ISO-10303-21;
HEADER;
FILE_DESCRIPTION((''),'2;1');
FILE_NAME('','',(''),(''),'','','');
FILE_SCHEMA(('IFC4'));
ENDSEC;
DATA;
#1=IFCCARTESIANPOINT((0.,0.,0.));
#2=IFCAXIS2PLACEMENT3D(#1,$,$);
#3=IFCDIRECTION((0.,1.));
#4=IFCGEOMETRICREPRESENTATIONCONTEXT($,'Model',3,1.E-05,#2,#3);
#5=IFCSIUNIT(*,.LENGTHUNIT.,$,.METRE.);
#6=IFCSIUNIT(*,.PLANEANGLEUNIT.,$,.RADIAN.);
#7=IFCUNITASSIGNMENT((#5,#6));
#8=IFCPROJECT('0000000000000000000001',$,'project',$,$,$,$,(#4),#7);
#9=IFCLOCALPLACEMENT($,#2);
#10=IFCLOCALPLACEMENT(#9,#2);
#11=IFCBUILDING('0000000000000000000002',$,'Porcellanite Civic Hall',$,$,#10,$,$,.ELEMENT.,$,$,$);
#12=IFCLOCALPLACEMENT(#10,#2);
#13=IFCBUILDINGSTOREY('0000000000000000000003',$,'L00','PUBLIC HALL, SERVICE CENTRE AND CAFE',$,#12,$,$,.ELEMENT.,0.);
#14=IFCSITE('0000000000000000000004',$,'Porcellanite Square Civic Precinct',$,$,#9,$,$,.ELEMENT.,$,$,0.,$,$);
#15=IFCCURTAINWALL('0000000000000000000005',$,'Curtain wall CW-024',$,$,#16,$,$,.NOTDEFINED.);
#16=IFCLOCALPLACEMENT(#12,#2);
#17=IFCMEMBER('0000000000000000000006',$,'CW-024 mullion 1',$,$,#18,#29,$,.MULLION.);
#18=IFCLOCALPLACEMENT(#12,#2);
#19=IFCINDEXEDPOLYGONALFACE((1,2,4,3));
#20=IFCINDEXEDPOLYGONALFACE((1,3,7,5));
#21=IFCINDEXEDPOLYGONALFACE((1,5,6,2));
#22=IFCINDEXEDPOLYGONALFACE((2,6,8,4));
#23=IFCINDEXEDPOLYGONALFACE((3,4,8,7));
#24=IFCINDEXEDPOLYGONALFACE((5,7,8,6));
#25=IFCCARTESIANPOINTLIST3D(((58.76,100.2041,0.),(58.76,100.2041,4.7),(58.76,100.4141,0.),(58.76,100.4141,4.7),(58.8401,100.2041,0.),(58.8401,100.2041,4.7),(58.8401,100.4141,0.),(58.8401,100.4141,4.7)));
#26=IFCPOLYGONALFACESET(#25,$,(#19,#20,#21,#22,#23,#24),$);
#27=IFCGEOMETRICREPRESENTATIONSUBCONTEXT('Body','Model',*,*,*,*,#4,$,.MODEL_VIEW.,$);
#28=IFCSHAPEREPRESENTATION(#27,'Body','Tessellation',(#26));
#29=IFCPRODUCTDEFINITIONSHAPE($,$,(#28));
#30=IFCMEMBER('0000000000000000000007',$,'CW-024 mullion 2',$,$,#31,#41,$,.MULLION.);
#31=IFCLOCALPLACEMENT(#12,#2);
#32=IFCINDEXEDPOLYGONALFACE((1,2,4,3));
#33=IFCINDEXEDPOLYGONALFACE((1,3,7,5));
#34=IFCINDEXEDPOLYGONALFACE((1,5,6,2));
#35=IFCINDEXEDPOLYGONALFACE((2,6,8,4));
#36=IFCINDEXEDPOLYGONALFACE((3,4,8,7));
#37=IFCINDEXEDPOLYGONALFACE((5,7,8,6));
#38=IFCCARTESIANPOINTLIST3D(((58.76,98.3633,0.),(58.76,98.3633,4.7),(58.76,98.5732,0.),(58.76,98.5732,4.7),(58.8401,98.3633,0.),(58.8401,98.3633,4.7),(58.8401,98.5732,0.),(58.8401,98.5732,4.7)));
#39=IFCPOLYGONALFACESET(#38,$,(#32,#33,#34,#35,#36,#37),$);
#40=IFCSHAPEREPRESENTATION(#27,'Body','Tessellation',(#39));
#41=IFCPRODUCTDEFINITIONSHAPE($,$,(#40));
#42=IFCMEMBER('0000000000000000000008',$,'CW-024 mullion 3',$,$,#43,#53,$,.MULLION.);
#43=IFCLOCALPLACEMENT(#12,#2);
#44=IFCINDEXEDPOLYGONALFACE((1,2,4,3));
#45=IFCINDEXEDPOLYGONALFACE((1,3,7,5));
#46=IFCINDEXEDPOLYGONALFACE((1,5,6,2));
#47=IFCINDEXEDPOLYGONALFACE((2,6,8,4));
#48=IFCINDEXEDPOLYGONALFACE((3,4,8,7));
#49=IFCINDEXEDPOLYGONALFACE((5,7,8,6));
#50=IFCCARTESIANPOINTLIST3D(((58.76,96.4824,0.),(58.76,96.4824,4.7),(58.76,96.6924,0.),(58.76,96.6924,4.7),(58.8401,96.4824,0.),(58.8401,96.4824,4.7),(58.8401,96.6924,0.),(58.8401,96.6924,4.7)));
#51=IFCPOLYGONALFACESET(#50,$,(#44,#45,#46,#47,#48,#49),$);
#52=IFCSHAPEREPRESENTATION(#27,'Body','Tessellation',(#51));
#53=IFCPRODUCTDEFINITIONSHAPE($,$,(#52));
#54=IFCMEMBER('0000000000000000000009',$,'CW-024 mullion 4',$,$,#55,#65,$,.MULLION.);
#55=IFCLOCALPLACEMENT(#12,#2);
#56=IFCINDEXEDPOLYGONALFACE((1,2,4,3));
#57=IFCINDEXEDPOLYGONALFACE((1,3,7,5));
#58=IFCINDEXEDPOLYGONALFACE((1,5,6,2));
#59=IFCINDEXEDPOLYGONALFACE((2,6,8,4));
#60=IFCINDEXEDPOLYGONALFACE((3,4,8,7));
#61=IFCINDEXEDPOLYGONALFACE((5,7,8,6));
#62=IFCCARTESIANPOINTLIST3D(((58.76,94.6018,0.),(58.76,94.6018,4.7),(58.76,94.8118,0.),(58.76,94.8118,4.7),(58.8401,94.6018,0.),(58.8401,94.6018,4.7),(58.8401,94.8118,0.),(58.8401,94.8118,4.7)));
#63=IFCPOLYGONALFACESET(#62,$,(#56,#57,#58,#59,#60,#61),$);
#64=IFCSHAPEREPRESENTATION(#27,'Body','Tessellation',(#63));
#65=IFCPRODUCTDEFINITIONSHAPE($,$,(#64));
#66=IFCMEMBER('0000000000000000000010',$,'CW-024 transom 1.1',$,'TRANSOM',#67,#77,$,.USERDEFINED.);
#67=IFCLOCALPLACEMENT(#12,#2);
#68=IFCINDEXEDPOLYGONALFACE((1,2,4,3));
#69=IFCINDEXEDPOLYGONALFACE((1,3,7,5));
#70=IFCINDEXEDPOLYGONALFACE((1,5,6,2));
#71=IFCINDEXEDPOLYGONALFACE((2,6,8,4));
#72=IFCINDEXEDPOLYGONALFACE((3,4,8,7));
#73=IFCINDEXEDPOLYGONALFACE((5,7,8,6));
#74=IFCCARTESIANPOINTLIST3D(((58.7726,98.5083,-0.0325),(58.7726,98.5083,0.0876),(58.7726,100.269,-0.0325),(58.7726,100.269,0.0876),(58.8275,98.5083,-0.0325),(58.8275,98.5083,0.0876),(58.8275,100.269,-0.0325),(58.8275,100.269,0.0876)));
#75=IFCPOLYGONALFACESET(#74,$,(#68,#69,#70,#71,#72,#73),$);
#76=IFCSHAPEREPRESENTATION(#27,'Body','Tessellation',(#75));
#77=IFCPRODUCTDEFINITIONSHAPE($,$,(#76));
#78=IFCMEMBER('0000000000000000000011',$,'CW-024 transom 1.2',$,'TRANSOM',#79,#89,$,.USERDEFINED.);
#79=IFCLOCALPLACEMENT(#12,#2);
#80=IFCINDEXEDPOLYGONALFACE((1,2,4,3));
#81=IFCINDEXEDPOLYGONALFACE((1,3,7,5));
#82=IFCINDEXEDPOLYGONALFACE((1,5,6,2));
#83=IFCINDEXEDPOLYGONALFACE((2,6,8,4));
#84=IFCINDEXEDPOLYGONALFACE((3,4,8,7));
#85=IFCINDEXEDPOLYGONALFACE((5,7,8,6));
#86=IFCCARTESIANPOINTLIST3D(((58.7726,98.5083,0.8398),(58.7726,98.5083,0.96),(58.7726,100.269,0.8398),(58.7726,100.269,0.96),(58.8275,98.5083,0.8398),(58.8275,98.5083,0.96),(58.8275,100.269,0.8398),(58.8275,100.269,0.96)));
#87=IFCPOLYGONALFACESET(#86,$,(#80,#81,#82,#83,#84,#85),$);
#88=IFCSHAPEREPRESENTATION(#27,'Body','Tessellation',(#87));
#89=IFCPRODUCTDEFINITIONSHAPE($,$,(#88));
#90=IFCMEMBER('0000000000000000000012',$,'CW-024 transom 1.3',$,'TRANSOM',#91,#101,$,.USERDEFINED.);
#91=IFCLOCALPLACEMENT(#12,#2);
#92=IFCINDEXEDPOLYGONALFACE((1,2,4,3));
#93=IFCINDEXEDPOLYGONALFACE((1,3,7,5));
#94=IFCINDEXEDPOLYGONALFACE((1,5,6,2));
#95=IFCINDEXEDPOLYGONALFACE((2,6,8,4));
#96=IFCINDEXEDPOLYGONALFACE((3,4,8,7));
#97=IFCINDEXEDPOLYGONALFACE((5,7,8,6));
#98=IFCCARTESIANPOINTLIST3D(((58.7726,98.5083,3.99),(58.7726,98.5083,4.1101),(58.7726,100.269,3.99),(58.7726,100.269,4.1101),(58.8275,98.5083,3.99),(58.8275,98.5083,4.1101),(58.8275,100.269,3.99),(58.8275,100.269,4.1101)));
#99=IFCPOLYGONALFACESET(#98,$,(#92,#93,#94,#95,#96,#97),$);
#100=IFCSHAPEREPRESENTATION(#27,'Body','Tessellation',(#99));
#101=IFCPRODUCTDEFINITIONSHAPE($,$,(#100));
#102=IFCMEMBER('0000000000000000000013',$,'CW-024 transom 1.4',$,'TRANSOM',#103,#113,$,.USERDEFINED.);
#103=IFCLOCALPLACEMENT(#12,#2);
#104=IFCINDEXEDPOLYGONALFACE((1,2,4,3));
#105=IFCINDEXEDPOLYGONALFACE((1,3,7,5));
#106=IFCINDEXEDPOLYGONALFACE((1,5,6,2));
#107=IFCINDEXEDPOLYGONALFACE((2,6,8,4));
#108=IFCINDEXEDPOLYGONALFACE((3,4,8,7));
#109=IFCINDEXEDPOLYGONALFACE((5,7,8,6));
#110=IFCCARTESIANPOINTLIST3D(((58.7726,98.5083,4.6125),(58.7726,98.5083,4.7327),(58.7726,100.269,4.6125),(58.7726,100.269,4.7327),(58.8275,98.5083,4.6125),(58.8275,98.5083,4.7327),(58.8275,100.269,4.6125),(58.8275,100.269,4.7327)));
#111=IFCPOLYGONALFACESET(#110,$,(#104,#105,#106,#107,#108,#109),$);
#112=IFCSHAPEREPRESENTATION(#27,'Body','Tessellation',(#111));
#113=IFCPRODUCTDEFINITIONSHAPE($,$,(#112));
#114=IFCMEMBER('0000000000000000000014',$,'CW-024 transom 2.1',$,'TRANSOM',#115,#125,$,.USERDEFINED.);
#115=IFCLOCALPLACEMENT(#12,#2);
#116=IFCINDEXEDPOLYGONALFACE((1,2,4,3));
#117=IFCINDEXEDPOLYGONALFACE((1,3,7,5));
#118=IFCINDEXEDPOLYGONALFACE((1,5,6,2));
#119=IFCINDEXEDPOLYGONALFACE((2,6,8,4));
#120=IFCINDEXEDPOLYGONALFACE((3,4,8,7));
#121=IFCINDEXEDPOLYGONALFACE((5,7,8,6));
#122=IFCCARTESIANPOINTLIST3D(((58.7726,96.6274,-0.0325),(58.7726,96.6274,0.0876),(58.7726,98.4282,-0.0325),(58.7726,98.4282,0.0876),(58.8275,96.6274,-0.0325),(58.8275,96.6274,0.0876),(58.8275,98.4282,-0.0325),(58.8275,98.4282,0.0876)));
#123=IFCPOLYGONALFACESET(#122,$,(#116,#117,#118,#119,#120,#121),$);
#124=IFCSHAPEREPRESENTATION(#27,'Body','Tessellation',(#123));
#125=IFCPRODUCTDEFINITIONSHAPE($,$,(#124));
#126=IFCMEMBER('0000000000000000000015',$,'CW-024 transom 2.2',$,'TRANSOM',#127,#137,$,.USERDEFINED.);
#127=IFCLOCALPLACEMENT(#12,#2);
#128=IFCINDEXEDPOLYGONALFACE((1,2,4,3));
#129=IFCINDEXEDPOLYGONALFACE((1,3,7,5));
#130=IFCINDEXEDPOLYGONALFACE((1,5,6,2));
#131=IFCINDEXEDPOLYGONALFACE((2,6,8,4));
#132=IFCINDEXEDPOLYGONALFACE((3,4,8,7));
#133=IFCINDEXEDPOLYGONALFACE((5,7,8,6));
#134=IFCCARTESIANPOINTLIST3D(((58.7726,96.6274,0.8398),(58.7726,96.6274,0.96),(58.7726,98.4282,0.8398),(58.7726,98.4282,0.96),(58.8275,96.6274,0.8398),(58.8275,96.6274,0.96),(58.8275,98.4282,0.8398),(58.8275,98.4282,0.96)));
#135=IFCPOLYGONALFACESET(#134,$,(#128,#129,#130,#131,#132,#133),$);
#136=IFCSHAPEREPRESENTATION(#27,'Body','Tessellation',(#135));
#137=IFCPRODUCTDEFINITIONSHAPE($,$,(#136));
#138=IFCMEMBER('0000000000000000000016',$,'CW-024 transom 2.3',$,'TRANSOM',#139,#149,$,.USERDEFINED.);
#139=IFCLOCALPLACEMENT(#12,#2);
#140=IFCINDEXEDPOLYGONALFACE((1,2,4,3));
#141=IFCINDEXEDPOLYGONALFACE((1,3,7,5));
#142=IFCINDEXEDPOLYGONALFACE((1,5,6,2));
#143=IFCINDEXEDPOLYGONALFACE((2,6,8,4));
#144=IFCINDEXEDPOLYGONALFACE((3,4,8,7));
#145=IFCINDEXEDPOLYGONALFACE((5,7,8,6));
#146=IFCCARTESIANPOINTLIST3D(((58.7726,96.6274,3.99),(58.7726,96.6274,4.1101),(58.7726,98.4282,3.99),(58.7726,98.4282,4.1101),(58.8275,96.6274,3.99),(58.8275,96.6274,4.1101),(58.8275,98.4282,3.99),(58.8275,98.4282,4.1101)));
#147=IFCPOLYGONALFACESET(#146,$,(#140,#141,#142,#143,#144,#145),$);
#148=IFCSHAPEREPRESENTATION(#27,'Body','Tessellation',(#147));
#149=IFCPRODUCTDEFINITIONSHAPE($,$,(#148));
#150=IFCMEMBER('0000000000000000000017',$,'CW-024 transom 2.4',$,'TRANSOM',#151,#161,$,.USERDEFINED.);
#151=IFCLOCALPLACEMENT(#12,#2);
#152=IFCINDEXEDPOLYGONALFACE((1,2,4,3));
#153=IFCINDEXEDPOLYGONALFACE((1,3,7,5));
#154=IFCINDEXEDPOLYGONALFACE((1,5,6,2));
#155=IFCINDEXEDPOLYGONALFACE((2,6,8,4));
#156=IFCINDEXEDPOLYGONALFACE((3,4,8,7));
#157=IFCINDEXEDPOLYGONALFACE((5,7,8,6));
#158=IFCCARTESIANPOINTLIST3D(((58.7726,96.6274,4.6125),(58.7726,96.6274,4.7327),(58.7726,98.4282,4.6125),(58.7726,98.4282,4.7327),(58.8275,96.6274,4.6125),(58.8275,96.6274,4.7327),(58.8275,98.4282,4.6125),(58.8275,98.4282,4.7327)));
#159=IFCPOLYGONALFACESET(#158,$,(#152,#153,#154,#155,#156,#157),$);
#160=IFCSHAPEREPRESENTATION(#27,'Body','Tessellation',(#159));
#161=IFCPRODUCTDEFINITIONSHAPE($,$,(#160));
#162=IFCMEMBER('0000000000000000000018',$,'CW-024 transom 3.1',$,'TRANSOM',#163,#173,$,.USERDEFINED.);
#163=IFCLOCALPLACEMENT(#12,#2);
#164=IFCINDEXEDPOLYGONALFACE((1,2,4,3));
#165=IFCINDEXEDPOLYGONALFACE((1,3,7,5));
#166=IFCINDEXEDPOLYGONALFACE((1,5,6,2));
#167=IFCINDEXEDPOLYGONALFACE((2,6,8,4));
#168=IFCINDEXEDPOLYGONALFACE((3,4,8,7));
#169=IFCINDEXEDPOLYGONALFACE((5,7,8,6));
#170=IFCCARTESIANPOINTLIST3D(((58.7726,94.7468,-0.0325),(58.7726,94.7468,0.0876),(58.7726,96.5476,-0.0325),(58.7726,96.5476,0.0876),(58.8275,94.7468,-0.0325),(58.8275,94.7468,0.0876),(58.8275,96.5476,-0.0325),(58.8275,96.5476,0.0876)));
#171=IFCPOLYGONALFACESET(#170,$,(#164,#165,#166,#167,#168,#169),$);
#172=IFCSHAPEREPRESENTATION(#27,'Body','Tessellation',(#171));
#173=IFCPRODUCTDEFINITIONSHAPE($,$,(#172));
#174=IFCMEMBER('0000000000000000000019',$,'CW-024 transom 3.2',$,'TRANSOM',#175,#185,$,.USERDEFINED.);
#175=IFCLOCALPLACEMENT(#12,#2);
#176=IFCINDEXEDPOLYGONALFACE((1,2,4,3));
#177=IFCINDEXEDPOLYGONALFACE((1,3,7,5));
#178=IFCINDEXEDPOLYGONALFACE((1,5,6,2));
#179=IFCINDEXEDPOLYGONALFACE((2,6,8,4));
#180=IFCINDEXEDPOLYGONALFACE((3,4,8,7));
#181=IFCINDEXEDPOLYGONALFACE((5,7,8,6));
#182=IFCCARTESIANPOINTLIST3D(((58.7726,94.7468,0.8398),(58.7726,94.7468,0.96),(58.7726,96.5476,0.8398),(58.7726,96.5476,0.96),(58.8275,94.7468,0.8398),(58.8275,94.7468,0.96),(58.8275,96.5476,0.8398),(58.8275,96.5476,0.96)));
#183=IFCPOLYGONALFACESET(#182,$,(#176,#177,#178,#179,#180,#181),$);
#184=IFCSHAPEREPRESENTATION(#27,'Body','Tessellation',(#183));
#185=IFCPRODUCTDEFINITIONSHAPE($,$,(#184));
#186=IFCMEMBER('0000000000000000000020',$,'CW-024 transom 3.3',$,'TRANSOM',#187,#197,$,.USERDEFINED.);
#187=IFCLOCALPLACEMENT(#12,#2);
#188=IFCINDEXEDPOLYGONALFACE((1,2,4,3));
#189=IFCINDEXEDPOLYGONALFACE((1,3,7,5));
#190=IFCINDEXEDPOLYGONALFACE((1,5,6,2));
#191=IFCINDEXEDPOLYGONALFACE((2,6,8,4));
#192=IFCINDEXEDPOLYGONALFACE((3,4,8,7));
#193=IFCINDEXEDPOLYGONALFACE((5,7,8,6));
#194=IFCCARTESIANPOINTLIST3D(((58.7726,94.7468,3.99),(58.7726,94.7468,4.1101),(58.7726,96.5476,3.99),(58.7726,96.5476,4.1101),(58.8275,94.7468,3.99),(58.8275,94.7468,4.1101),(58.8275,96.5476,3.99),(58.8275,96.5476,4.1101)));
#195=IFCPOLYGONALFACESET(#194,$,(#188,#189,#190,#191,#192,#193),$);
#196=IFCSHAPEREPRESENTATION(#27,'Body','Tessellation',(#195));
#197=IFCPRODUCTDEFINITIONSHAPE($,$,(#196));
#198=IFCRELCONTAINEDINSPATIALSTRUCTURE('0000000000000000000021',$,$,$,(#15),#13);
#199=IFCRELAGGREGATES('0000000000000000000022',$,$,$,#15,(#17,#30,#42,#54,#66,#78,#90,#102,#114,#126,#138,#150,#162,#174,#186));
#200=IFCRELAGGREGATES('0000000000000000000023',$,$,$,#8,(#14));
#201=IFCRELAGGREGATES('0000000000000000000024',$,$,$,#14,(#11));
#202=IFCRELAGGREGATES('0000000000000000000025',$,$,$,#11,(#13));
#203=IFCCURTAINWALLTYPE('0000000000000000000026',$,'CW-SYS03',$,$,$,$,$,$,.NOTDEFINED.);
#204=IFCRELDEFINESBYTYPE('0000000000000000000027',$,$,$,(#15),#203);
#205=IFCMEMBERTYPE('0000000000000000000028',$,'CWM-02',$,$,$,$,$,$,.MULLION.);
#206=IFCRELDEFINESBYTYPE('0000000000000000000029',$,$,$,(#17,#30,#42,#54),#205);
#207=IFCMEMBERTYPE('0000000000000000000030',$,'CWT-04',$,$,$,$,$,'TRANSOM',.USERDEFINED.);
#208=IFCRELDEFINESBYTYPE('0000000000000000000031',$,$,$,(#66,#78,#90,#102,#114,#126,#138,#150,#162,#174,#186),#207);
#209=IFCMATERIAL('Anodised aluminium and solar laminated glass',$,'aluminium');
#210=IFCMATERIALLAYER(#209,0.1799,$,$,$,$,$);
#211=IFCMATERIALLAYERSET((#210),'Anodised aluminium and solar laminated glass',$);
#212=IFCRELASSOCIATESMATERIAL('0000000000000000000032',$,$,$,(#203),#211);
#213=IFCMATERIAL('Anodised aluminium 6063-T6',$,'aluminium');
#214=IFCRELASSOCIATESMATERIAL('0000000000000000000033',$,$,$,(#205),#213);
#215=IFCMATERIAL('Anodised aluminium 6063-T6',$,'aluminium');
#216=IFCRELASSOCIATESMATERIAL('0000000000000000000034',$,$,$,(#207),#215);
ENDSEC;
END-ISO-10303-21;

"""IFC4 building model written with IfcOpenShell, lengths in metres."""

from ifc_helpers import new_model, si_unit, direction, frame, origin, origin_2d, place, context, subcontext, project, spatial, rectangle, extrude, material, layer, layer_set, material_profile, profile_set, type_object, element, aggregate, save


model = new_model("IFC4")

# Units and contexts
model_context = context("Model", 3, precision=1e-05, world=origin(), true_north=direction((0.0, 1.0)))
body_context = subcontext(model_context, "Body", "Model", "MODEL_VIEW")
ifc_project = project(units=[si_unit("LENGTHUNIT", "METRE"), si_unit("PLANEANGLEUNIT", "RADIAN")], contexts=[model_context])

# Site, building, storey
site_placement = place(None, origin())
site = spatial("IfcSite", under=ifc_project, at=site_placement, Name="Porcellanite Square Civic Precinct", CompositionType="ELEMENT", RefElevation=0.0)
building_placement = place(site_placement, origin())
building = spatial("IfcBuilding", under=site, at=building_placement, Name="Porcellanite Civic Hall", CompositionType="ELEMENT")
storey_placement = place(building_placement, origin())
storey = spatial("IfcBuildingStorey", under=building, at=storey_placement, Name="L00", Description="PUBLIC HALL, SERVICE CENTRE AND CAFE", CompositionType="ELEMENT", Elevation=0.0)

# Curtain wall, members
ifc_material_1 = material(Name="Anodised aluminium and solar laminated glass", Category="aluminium")
ifc_layer_1 = layer(ifc_material_1, 0.1799)
ifc_layer_set_1 = layer_set([ifc_layer_1], Name="Anodised aluminium and solar laminated glass")
curtain_wall_type = type_object("IfcCurtainWallType", Name="CW-SYS03", PredefinedType="NOTDEFINED", material=ifc_layer_set_1)
curtain_wall_placement = place(storey_placement, origin())
curtain_wall = element("IfcCurtainWall", 1, at=curtain_wall_placement, inside=storey, type_object=curtain_wall_type, Name="Curtain wall CW-024", PredefinedType="NOTDEFINED")
ifc_material_2 = material(Name="Anodised aluminium 6063-T6", Category="aluminium")
ifc_material_profile_1 = material_profile(ifc_material_2, rectangle(XDim=0.0801, YDim=0.21, at=origin_2d()), Name="AL-80x210")
ifc_profile_set_1 = profile_set([ifc_material_profile_1], Name="Anodised aluminium 6063-T6")
member_type_1 = type_object("IfcMemberType", Name="CWM-02", PredefinedType="MULLION", material=ifc_profile_set_1)
member_1_placement = place(storey_placement, frame((58.8, 100.3091, 0.0), z_axis=(0.0, 0.0, 1.0), x_axis=(1.0, 0.0, 0.0)))
member_1 = element("IfcMember", 2, at=member_1_placement, type_object=member_type_1, Name="CW-024 mullion 1", PredefinedType="MULLION", context=body_context, shape_type="SweptSolid", body=[
    extrude(rectangle(XDim=0.0801, YDim=0.21, at=origin_2d()), origin(), (0.0, 0.0, 1.0), 4.7),
])
member_2_placement = place(storey_placement, frame((58.8, 98.4683, 0.0), z_axis=(0.0, 0.0, 1.0), x_axis=(1.0, 0.0, 0.0)))
member_2 = element("IfcMember", 3, at=member_2_placement, type_object=member_type_1, Name="CW-024 mullion 2", PredefinedType="MULLION", context=body_context, shape_type="SweptSolid", body=[
    extrude(rectangle(XDim=0.0801, YDim=0.21, at=origin_2d()), origin(), (0.0, 0.0, 1.0), 4.7),
])
member_3_placement = place(storey_placement, frame((58.8, 96.5874, 0.0), z_axis=(0.0, 0.0, 1.0), x_axis=(1.0, 0.0, 0.0)))
member_3 = element("IfcMember", 4, at=member_3_placement, type_object=member_type_1, Name="CW-024 mullion 3", PredefinedType="MULLION", context=body_context, shape_type="SweptSolid", body=[
    extrude(rectangle(XDim=0.0801, YDim=0.21, at=origin_2d()), origin(), (0.0, 0.0, 1.0), 4.7),
])
member_4_placement = place(storey_placement, frame((58.8, 94.7068, 0.0), z_axis=(0.0, 0.0, 1.0), x_axis=(1.0, 0.0, 0.0)))
member_4 = element("IfcMember", 5, at=member_4_placement, type_object=member_type_1, Name="CW-024 mullion 4", PredefinedType="MULLION", context=body_context, shape_type="SweptSolid", body=[
    extrude(rectangle(XDim=0.0801, YDim=0.21, at=origin_2d()), origin(), (0.0, 0.0, 1.0), 4.7),
])
ifc_material_3 = material(Name="Anodised aluminium 6063-T6", Category="aluminium")
ifc_material_profile_2 = material_profile(ifc_material_3, rectangle(XDim=0.0549, YDim=0.1201, at=origin_2d()), Name="AL-55x120")
ifc_profile_set_2 = profile_set([ifc_material_profile_2], Name="Anodised aluminium 6063-T6")
member_type_2 = type_object("IfcMemberType", Name="CWT-04", ElementType="TRANSOM", PredefinedType="USERDEFINED", material=ifc_profile_set_2)
member_5_placement = place(storey_placement, frame((58.8, 100.269, 0.0276), z_axis=(0.0, -1.0, 0.0), x_axis=(1.0, 0.0, 0.0)))
member_5 = element("IfcMember", 6, at=member_5_placement, type_object=member_type_2, Name="CW-024 transom 1.1", ObjectType="TRANSOM", PredefinedType="USERDEFINED", context=body_context, shape_type="SweptSolid", body=[
    extrude(rectangle(XDim=0.0549, YDim=0.1201, at=origin_2d()), origin(), (0.0, 0.0, 1.0), 1.7607),
])
member_6_placement = place(storey_placement, frame((58.8, 100.269, 0.8999), z_axis=(0.0, -1.0, 0.0), x_axis=(1.0, 0.0, 0.0)))
member_6 = element("IfcMember", 7, at=member_6_placement, type_object=member_type_2, Name="CW-024 transom 1.2", ObjectType="TRANSOM", PredefinedType="USERDEFINED", context=body_context, shape_type="SweptSolid", body=[
    extrude(rectangle(XDim=0.0549, YDim=0.1201, at=origin_2d()), origin(), (0.0, 0.0, 1.0), 1.7607),
])
member_7_placement = place(storey_placement, frame((58.8, 100.269, 4.05), z_axis=(0.0, -1.0, 0.0), x_axis=(1.0, 0.0, 0.0)))
member_7 = element("IfcMember", 8, at=member_7_placement, type_object=member_type_2, Name="CW-024 transom 1.3", ObjectType="TRANSOM", PredefinedType="USERDEFINED", context=body_context, shape_type="SweptSolid", body=[
    extrude(rectangle(XDim=0.0549, YDim=0.1201, at=origin_2d()), origin(), (0.0, 0.0, 1.0), 1.7607),
])
member_8_placement = place(storey_placement, frame((58.8, 100.269, 4.6726), z_axis=(0.0, -1.0, 0.0), x_axis=(1.0, 0.0, 0.0)))
member_8 = element("IfcMember", 9, at=member_8_placement, type_object=member_type_2, Name="CW-024 transom 1.4", ObjectType="TRANSOM", PredefinedType="USERDEFINED", context=body_context, shape_type="SweptSolid", body=[
    extrude(rectangle(XDim=0.0549, YDim=0.1201, at=origin_2d()), origin(), (0.0, 0.0, 1.0), 1.7607),
])
member_9_placement = place(storey_placement, frame((58.8, 98.4282, 0.0276), z_axis=(0.0, -1.0, 0.0), x_axis=(1.0, 0.0, 0.0)))
member_9 = element("IfcMember", 10, at=member_9_placement, type_object=member_type_2, Name="CW-024 transom 2.1", ObjectType="TRANSOM", PredefinedType="USERDEFINED", context=body_context, shape_type="SweptSolid", body=[
    extrude(rectangle(XDim=0.0549, YDim=0.1201, at=origin_2d()), origin(), (0.0, 0.0, 1.0), 1.8008),
])
member_10_placement = place(storey_placement, frame((58.8, 98.4282, 0.8999), z_axis=(0.0, -1.0, 0.0), x_axis=(1.0, 0.0, 0.0)))
member_10 = element("IfcMember", 11, at=member_10_placement, type_object=member_type_2, Name="CW-024 transom 2.2", ObjectType="TRANSOM", PredefinedType="USERDEFINED", context=body_context, shape_type="SweptSolid", body=[
    extrude(rectangle(XDim=0.0549, YDim=0.1201, at=origin_2d()), origin(), (0.0, 0.0, 1.0), 1.8008),
])
member_11_placement = place(storey_placement, frame((58.8, 98.4282, 4.05), z_axis=(0.0, -1.0, 0.0), x_axis=(1.0, 0.0, 0.0)))
member_11 = element("IfcMember", 12, at=member_11_placement, type_object=member_type_2, Name="CW-024 transom 2.3", ObjectType="TRANSOM", PredefinedType="USERDEFINED", context=body_context, shape_type="SweptSolid", body=[
    extrude(rectangle(XDim=0.0549, YDim=0.1201, at=origin_2d()), origin(), (0.0, 0.0, 1.0), 1.8008),
])
member_12_placement = place(storey_placement, frame((58.8, 98.4282, 4.6726), z_axis=(0.0, -1.0, 0.0), x_axis=(1.0, 0.0, 0.0)))
member_12 = element("IfcMember", 13, at=member_12_placement, type_object=member_type_2, Name="CW-024 transom 2.4", ObjectType="TRANSOM", PredefinedType="USERDEFINED", context=body_context, shape_type="SweptSolid", body=[
    extrude(rectangle(XDim=0.0549, YDim=0.1201, at=origin_2d()), origin(), (0.0, 0.0, 1.0), 1.8008),
])
member_13_placement = place(storey_placement, frame((58.8, 96.5476, 0.0276), z_axis=(0.0, -1.0, 0.0), x_axis=(1.0, 0.0, 0.0)))
member_13 = element("IfcMember", 14, at=member_13_placement, type_object=member_type_2, Name="CW-024 transom 3.1", ObjectType="TRANSOM", PredefinedType="USERDEFINED", context=body_context, shape_type="SweptSolid", body=[
    extrude(rectangle(XDim=0.0549, YDim=0.1201, at=origin_2d()), origin(), (0.0, 0.0, 1.0), 1.8008),
])
member_14_placement = place(storey_placement, frame((58.8, 96.5476, 0.8999), z_axis=(0.0, -1.0, 0.0), x_axis=(1.0, 0.0, 0.0)))
member_14 = element("IfcMember", 15, at=member_14_placement, type_object=member_type_2, Name="CW-024 transom 3.2", ObjectType="TRANSOM", PredefinedType="USERDEFINED", context=body_context, shape_type="SweptSolid", body=[
    extrude(rectangle(XDim=0.0549, YDim=0.1201, at=origin_2d()), origin(), (0.0, 0.0, 1.0), 1.8008),
])
member_15_placement = place(storey_placement, frame((58.8, 96.5476, 4.05), z_axis=(0.0, -1.0, 0.0), x_axis=(1.0, 0.0, 0.0)))
member_15 = element("IfcMember", 16, at=member_15_placement, type_object=member_type_2, Name="CW-024 transom 3.3", ObjectType="TRANSOM", PredefinedType="USERDEFINED", context=body_context, shape_type="SweptSolid", body=[
    extrude(rectangle(XDim=0.0549, YDim=0.1201, at=origin_2d()), origin(), (0.0, 0.0, 1.0), 1.8008),
])

aggregate(curtain_wall, [member_1, member_2, member_3, member_4, member_5, member_6, member_7, member_8, member_9, member_10, member_11, member_12, member_13, member_14, member_15])

save(model, "model.ifc")
